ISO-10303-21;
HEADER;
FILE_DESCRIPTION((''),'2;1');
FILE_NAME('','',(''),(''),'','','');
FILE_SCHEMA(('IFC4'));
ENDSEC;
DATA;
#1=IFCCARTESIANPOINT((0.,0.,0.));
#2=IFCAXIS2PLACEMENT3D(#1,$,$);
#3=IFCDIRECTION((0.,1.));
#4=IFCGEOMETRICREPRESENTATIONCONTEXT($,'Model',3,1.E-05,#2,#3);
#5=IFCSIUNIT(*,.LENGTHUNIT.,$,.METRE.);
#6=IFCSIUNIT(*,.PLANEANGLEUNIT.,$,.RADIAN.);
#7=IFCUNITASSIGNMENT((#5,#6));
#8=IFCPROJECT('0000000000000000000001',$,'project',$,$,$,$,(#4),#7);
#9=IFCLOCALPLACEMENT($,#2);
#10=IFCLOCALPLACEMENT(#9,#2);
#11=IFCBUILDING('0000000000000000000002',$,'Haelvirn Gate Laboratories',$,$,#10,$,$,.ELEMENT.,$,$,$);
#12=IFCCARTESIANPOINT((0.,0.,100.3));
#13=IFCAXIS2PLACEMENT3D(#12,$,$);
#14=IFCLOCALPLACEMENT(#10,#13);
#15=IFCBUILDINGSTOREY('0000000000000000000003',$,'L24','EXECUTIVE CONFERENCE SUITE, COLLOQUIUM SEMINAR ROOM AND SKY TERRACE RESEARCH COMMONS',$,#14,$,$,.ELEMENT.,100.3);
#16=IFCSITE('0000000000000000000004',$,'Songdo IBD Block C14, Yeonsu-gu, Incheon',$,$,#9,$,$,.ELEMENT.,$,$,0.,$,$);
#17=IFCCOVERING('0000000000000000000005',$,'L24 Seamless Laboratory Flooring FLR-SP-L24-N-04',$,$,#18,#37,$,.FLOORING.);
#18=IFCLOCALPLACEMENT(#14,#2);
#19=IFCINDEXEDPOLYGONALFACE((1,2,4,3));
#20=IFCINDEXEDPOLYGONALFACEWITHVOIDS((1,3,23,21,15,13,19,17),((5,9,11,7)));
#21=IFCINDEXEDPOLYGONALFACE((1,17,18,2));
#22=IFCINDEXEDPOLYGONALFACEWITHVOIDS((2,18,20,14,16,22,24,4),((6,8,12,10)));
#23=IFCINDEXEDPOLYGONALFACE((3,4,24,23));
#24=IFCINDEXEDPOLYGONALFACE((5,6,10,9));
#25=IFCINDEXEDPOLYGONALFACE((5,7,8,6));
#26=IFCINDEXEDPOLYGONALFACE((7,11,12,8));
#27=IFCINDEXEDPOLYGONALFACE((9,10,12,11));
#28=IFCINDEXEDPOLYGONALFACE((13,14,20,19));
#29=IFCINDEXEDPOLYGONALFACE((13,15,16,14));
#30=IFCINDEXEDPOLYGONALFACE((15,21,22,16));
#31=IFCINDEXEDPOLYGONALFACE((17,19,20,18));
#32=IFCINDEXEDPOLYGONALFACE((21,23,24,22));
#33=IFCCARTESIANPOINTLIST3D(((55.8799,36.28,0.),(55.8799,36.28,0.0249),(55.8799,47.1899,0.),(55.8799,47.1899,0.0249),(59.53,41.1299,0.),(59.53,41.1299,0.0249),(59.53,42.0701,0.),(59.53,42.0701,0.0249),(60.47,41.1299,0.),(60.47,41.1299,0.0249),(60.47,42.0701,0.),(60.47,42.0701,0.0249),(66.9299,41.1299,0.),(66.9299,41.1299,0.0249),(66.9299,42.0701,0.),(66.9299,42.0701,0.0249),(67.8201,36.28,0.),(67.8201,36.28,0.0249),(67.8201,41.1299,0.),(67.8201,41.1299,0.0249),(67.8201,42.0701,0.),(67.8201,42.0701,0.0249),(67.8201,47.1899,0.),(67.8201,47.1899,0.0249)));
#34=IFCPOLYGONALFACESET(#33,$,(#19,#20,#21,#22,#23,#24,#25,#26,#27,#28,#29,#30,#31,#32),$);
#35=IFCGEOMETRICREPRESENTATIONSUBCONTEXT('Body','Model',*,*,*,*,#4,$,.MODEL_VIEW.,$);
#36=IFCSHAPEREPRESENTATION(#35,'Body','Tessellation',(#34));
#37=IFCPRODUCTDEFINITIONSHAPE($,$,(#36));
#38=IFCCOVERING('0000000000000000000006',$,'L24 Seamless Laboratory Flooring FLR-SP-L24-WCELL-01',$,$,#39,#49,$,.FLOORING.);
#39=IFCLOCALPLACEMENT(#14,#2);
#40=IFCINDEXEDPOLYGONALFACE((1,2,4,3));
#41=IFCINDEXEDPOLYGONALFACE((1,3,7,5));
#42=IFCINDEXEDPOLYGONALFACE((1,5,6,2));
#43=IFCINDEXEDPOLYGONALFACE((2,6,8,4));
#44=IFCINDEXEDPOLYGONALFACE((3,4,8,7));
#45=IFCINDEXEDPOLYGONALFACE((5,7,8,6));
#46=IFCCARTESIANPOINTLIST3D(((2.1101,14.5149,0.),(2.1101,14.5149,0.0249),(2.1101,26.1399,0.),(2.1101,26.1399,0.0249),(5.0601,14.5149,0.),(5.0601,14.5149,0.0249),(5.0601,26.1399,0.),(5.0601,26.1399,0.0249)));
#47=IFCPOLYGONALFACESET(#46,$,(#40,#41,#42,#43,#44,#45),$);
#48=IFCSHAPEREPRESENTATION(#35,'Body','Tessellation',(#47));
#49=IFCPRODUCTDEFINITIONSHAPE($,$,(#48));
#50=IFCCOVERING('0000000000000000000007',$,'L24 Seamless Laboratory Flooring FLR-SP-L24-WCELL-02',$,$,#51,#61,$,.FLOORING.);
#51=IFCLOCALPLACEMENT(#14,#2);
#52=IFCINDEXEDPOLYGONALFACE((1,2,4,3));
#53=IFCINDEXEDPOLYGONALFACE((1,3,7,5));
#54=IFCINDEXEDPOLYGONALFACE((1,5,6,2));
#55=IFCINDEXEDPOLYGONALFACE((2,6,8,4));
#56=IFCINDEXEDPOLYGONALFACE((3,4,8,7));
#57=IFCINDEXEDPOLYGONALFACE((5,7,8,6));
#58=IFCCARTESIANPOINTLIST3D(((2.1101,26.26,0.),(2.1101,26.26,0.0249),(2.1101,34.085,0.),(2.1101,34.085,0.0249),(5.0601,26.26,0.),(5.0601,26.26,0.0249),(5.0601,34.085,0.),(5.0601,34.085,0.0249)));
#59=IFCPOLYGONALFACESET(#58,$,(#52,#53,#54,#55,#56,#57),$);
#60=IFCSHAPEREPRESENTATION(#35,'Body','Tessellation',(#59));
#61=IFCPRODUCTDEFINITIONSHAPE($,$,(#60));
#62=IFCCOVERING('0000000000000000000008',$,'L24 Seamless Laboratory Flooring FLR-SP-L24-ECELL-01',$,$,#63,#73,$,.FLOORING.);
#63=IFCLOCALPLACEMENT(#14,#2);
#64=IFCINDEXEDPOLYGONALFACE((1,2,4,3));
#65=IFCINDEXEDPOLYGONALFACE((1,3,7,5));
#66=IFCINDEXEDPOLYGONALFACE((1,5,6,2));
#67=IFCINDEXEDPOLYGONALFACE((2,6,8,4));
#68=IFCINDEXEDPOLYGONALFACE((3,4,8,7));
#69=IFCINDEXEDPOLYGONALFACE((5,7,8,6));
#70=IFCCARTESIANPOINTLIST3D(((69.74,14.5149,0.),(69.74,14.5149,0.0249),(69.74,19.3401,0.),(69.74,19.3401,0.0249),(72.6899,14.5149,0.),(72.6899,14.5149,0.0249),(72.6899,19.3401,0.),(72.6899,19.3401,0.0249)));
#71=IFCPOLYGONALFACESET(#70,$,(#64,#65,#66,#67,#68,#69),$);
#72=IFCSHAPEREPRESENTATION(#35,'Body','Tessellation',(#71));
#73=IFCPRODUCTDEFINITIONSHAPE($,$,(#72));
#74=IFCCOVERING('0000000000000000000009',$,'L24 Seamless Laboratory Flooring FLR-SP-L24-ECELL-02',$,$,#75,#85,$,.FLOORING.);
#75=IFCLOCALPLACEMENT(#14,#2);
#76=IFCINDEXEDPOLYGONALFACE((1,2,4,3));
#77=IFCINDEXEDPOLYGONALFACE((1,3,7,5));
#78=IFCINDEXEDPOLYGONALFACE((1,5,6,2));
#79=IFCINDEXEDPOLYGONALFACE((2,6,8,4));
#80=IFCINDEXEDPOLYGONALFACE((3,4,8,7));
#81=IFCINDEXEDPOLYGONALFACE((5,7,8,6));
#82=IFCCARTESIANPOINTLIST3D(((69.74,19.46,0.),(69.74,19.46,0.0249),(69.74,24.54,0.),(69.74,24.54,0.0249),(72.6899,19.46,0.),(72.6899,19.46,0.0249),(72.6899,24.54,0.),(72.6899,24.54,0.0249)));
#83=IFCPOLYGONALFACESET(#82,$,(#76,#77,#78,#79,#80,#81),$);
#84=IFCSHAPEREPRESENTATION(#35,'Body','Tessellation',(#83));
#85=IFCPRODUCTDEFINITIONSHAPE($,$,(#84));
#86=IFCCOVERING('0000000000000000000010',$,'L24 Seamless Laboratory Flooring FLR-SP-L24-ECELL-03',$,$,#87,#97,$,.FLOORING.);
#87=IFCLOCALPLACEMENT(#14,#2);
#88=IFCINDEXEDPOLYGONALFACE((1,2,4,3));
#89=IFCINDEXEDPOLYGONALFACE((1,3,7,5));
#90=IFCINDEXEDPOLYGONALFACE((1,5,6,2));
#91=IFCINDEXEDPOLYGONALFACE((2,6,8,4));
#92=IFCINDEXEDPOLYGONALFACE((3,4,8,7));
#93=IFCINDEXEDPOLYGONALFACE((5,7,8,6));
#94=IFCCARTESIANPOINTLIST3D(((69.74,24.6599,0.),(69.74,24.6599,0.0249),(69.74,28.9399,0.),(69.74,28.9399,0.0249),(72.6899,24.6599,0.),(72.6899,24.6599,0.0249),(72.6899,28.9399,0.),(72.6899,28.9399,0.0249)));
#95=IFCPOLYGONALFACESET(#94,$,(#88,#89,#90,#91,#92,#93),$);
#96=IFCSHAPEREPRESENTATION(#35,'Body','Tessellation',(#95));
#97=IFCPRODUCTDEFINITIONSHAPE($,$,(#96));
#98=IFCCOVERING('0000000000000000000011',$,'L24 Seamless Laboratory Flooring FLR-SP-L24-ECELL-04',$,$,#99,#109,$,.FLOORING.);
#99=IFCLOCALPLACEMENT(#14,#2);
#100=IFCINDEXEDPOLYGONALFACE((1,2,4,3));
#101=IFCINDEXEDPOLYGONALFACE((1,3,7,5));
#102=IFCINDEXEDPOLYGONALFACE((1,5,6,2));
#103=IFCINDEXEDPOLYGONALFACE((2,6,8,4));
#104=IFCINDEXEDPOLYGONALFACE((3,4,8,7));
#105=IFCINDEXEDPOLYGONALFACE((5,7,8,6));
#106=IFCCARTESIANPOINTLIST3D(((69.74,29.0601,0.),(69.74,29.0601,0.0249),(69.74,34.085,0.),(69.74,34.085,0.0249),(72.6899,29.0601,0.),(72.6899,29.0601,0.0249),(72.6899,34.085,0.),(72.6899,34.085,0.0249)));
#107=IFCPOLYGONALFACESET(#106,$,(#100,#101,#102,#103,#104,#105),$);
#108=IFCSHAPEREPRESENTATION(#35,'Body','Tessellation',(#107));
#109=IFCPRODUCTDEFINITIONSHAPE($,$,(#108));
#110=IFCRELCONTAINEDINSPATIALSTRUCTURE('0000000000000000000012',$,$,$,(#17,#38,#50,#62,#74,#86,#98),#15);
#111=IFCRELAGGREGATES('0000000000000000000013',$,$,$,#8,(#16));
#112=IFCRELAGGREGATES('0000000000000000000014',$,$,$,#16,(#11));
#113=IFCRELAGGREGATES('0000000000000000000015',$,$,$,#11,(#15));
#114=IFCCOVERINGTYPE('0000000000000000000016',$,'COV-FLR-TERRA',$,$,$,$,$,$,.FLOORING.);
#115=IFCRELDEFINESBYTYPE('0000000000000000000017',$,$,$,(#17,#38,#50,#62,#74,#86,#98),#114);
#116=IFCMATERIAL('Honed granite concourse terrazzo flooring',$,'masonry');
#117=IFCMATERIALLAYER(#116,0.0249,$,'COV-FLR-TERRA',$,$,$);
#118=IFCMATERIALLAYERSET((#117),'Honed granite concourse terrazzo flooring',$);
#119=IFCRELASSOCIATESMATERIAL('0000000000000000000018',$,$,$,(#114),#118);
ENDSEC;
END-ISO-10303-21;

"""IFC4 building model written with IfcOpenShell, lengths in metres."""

from ifc_helpers import new_model, si_unit, direction, frame, origin, place, context, subcontext, project, spatial, polyline, outline, extrude, material, layer, layer_set, type_object, element, save


model = new_model("IFC4")

# Units and contexts
model_context = context("Model", 3, precision=1e-05, world=origin(), true_north=direction((0.0, 1.0)))
body_context = subcontext(model_context, "Body", "Model", "MODEL_VIEW")
ifc_project = project(units=[si_unit("LENGTHUNIT", "METRE"), si_unit("PLANEANGLEUNIT", "RADIAN")], contexts=[model_context])

# Site, building, storey
site_placement = place(None, origin())
site = spatial("IfcSite", under=ifc_project, at=site_placement, Name="Songdo IBD Block C14, Yeonsu-gu, Incheon", CompositionType="ELEMENT", RefElevation=0.0)
building_placement = place(site_placement, origin())
building = spatial("IfcBuilding", under=site, at=building_placement, Name="Haelvirn Gate Laboratories", CompositionType="ELEMENT")
storey_placement = place(building_placement, frame((0.0, 0.0, 100.3)))
storey = spatial("IfcBuildingStorey", under=building, at=storey_placement, Name="L24", Description="EXECUTIVE CONFERENCE SUITE, COLLOQUIUM SEMINAR ROOM AND SKY TERRACE RESEARCH COMMONS", CompositionType="ELEMENT", Elevation=100.3)

# Coverings
ifc_material_1 = material(Name="Honed granite concourse terrazzo flooring", Category="masonry")
ifc_layer_1 = layer(ifc_material_1, 0.0249, Name="COV-FLR-TERRA")
ifc_layer_set_1 = layer_set([ifc_layer_1], Name="Honed granite concourse terrazzo flooring")
covering_type = type_object("IfcCoveringType", Name="COV-FLR-TERRA", PredefinedType="FLOORING", material=ifc_layer_set_1)
covering_1_placement = place(storey_placement, origin())
element("IfcCovering", 1, at=covering_1_placement, inside=storey, type_object=covering_type, Name="L24 Seamless Laboratory Flooring FLR-SP-L24-N-04", PredefinedType="FLOORING", context=body_context, shape_type="SweptSolid", body=[
    extrude(outline(polyline([(67.8201, 42.0701), (66.9299, 42.0701), (66.9299, 41.1299), (67.8201, 41.1299), (67.8201, 36.28), (55.8799, 36.28), (55.8799, 47.1899), (67.8201, 47.1899), (67.8201, 42.0701)]), holes=[polyline([(59.53, 41.1299), (60.47, 41.1299), (60.47, 42.0701), (59.53, 42.0701), (59.53, 41.1299)])]), origin(), (0.0, 0.0, 1.0), 0.0249),
])
covering_2_placement = place(storey_placement, origin())
element("IfcCovering", 2, at=covering_2_placement, inside=storey, type_object=covering_type, Name="L24 Seamless Laboratory Flooring FLR-SP-L24-WCELL-01", PredefinedType="FLOORING", context=body_context, shape_type="SweptSolid", body=[
    extrude(outline(polyline([(2.1101, 26.1399), (5.0601, 26.1399), (5.0601, 14.5149), (2.1101, 14.5149), (2.1101, 26.1399)])), origin(), (0.0, 0.0, 1.0), 0.0249),
])
covering_3_placement = place(storey_placement, origin())
element("IfcCovering", 3, at=covering_3_placement, inside=storey, type_object=covering_type, Name="L24 Seamless Laboratory Flooring FLR-SP-L24-WCELL-02", PredefinedType="FLOORING", context=body_context, shape_type="SweptSolid", body=[
    extrude(outline(polyline([(2.1101, 34.085), (5.0601, 34.085), (5.0601, 26.26), (2.1101, 26.26), (2.1101, 34.085)])), origin(), (0.0, 0.0, 1.0), 0.0249),
])
covering_4_placement = place(storey_placement, origin())
element("IfcCovering", 4, at=covering_4_placement, inside=storey, type_object=covering_type, Name="L24 Seamless Laboratory Flooring FLR-SP-L24-ECELL-01", PredefinedType="FLOORING", context=body_context, shape_type="SweptSolid", body=[
    extrude(outline(polyline([(69.74, 19.3401), (72.6899, 19.3401), (72.6899, 14.5149), (69.74, 14.5149), (69.74, 19.3401)])), origin(), (0.0, 0.0, 1.0), 0.0249),
])
covering_5_placement = place(storey_placement, origin())
element("IfcCovering", 5, at=covering_5_placement, inside=storey, type_object=covering_type, Name="L24 Seamless Laboratory Flooring FLR-SP-L24-ECELL-02", PredefinedType="FLOORING", context=body_context, shape_type="SweptSolid", body=[
    extrude(outline(polyline([(69.74, 24.54), (72.6899, 24.54), (72.6899, 19.46), (69.74, 19.46), (69.74, 24.54)])), origin(), (0.0, 0.0, 1.0), 0.0249),
])
covering_6_placement = place(storey_placement, origin())
element("IfcCovering", 6, at=covering_6_placement, inside=storey, type_object=covering_type, Name="L24 Seamless Laboratory Flooring FLR-SP-L24-ECELL-03", PredefinedType="FLOORING", context=body_context, shape_type="SweptSolid", body=[
    extrude(outline(polyline([(69.74, 28.9399), (72.6899, 28.9399), (72.6899, 24.6599), (69.74, 24.6599), (69.74, 28.9399)])), origin(), (0.0, 0.0, 1.0), 0.0249),
])
covering_7_placement = place(storey_placement, origin())
element("IfcCovering", 7, at=covering_7_placement, inside=storey, type_object=covering_type, Name="L24 Seamless Laboratory Flooring FLR-SP-L24-ECELL-04", PredefinedType="FLOORING", context=body_context, shape_type="SweptSolid", body=[
    extrude(outline(polyline([(69.74, 34.085), (72.6899, 34.085), (72.6899, 29.0601), (69.74, 29.0601), (69.74, 34.085)])), origin(), (0.0, 0.0, 1.0), 0.0249),
])

save(model, "model.ifc")
